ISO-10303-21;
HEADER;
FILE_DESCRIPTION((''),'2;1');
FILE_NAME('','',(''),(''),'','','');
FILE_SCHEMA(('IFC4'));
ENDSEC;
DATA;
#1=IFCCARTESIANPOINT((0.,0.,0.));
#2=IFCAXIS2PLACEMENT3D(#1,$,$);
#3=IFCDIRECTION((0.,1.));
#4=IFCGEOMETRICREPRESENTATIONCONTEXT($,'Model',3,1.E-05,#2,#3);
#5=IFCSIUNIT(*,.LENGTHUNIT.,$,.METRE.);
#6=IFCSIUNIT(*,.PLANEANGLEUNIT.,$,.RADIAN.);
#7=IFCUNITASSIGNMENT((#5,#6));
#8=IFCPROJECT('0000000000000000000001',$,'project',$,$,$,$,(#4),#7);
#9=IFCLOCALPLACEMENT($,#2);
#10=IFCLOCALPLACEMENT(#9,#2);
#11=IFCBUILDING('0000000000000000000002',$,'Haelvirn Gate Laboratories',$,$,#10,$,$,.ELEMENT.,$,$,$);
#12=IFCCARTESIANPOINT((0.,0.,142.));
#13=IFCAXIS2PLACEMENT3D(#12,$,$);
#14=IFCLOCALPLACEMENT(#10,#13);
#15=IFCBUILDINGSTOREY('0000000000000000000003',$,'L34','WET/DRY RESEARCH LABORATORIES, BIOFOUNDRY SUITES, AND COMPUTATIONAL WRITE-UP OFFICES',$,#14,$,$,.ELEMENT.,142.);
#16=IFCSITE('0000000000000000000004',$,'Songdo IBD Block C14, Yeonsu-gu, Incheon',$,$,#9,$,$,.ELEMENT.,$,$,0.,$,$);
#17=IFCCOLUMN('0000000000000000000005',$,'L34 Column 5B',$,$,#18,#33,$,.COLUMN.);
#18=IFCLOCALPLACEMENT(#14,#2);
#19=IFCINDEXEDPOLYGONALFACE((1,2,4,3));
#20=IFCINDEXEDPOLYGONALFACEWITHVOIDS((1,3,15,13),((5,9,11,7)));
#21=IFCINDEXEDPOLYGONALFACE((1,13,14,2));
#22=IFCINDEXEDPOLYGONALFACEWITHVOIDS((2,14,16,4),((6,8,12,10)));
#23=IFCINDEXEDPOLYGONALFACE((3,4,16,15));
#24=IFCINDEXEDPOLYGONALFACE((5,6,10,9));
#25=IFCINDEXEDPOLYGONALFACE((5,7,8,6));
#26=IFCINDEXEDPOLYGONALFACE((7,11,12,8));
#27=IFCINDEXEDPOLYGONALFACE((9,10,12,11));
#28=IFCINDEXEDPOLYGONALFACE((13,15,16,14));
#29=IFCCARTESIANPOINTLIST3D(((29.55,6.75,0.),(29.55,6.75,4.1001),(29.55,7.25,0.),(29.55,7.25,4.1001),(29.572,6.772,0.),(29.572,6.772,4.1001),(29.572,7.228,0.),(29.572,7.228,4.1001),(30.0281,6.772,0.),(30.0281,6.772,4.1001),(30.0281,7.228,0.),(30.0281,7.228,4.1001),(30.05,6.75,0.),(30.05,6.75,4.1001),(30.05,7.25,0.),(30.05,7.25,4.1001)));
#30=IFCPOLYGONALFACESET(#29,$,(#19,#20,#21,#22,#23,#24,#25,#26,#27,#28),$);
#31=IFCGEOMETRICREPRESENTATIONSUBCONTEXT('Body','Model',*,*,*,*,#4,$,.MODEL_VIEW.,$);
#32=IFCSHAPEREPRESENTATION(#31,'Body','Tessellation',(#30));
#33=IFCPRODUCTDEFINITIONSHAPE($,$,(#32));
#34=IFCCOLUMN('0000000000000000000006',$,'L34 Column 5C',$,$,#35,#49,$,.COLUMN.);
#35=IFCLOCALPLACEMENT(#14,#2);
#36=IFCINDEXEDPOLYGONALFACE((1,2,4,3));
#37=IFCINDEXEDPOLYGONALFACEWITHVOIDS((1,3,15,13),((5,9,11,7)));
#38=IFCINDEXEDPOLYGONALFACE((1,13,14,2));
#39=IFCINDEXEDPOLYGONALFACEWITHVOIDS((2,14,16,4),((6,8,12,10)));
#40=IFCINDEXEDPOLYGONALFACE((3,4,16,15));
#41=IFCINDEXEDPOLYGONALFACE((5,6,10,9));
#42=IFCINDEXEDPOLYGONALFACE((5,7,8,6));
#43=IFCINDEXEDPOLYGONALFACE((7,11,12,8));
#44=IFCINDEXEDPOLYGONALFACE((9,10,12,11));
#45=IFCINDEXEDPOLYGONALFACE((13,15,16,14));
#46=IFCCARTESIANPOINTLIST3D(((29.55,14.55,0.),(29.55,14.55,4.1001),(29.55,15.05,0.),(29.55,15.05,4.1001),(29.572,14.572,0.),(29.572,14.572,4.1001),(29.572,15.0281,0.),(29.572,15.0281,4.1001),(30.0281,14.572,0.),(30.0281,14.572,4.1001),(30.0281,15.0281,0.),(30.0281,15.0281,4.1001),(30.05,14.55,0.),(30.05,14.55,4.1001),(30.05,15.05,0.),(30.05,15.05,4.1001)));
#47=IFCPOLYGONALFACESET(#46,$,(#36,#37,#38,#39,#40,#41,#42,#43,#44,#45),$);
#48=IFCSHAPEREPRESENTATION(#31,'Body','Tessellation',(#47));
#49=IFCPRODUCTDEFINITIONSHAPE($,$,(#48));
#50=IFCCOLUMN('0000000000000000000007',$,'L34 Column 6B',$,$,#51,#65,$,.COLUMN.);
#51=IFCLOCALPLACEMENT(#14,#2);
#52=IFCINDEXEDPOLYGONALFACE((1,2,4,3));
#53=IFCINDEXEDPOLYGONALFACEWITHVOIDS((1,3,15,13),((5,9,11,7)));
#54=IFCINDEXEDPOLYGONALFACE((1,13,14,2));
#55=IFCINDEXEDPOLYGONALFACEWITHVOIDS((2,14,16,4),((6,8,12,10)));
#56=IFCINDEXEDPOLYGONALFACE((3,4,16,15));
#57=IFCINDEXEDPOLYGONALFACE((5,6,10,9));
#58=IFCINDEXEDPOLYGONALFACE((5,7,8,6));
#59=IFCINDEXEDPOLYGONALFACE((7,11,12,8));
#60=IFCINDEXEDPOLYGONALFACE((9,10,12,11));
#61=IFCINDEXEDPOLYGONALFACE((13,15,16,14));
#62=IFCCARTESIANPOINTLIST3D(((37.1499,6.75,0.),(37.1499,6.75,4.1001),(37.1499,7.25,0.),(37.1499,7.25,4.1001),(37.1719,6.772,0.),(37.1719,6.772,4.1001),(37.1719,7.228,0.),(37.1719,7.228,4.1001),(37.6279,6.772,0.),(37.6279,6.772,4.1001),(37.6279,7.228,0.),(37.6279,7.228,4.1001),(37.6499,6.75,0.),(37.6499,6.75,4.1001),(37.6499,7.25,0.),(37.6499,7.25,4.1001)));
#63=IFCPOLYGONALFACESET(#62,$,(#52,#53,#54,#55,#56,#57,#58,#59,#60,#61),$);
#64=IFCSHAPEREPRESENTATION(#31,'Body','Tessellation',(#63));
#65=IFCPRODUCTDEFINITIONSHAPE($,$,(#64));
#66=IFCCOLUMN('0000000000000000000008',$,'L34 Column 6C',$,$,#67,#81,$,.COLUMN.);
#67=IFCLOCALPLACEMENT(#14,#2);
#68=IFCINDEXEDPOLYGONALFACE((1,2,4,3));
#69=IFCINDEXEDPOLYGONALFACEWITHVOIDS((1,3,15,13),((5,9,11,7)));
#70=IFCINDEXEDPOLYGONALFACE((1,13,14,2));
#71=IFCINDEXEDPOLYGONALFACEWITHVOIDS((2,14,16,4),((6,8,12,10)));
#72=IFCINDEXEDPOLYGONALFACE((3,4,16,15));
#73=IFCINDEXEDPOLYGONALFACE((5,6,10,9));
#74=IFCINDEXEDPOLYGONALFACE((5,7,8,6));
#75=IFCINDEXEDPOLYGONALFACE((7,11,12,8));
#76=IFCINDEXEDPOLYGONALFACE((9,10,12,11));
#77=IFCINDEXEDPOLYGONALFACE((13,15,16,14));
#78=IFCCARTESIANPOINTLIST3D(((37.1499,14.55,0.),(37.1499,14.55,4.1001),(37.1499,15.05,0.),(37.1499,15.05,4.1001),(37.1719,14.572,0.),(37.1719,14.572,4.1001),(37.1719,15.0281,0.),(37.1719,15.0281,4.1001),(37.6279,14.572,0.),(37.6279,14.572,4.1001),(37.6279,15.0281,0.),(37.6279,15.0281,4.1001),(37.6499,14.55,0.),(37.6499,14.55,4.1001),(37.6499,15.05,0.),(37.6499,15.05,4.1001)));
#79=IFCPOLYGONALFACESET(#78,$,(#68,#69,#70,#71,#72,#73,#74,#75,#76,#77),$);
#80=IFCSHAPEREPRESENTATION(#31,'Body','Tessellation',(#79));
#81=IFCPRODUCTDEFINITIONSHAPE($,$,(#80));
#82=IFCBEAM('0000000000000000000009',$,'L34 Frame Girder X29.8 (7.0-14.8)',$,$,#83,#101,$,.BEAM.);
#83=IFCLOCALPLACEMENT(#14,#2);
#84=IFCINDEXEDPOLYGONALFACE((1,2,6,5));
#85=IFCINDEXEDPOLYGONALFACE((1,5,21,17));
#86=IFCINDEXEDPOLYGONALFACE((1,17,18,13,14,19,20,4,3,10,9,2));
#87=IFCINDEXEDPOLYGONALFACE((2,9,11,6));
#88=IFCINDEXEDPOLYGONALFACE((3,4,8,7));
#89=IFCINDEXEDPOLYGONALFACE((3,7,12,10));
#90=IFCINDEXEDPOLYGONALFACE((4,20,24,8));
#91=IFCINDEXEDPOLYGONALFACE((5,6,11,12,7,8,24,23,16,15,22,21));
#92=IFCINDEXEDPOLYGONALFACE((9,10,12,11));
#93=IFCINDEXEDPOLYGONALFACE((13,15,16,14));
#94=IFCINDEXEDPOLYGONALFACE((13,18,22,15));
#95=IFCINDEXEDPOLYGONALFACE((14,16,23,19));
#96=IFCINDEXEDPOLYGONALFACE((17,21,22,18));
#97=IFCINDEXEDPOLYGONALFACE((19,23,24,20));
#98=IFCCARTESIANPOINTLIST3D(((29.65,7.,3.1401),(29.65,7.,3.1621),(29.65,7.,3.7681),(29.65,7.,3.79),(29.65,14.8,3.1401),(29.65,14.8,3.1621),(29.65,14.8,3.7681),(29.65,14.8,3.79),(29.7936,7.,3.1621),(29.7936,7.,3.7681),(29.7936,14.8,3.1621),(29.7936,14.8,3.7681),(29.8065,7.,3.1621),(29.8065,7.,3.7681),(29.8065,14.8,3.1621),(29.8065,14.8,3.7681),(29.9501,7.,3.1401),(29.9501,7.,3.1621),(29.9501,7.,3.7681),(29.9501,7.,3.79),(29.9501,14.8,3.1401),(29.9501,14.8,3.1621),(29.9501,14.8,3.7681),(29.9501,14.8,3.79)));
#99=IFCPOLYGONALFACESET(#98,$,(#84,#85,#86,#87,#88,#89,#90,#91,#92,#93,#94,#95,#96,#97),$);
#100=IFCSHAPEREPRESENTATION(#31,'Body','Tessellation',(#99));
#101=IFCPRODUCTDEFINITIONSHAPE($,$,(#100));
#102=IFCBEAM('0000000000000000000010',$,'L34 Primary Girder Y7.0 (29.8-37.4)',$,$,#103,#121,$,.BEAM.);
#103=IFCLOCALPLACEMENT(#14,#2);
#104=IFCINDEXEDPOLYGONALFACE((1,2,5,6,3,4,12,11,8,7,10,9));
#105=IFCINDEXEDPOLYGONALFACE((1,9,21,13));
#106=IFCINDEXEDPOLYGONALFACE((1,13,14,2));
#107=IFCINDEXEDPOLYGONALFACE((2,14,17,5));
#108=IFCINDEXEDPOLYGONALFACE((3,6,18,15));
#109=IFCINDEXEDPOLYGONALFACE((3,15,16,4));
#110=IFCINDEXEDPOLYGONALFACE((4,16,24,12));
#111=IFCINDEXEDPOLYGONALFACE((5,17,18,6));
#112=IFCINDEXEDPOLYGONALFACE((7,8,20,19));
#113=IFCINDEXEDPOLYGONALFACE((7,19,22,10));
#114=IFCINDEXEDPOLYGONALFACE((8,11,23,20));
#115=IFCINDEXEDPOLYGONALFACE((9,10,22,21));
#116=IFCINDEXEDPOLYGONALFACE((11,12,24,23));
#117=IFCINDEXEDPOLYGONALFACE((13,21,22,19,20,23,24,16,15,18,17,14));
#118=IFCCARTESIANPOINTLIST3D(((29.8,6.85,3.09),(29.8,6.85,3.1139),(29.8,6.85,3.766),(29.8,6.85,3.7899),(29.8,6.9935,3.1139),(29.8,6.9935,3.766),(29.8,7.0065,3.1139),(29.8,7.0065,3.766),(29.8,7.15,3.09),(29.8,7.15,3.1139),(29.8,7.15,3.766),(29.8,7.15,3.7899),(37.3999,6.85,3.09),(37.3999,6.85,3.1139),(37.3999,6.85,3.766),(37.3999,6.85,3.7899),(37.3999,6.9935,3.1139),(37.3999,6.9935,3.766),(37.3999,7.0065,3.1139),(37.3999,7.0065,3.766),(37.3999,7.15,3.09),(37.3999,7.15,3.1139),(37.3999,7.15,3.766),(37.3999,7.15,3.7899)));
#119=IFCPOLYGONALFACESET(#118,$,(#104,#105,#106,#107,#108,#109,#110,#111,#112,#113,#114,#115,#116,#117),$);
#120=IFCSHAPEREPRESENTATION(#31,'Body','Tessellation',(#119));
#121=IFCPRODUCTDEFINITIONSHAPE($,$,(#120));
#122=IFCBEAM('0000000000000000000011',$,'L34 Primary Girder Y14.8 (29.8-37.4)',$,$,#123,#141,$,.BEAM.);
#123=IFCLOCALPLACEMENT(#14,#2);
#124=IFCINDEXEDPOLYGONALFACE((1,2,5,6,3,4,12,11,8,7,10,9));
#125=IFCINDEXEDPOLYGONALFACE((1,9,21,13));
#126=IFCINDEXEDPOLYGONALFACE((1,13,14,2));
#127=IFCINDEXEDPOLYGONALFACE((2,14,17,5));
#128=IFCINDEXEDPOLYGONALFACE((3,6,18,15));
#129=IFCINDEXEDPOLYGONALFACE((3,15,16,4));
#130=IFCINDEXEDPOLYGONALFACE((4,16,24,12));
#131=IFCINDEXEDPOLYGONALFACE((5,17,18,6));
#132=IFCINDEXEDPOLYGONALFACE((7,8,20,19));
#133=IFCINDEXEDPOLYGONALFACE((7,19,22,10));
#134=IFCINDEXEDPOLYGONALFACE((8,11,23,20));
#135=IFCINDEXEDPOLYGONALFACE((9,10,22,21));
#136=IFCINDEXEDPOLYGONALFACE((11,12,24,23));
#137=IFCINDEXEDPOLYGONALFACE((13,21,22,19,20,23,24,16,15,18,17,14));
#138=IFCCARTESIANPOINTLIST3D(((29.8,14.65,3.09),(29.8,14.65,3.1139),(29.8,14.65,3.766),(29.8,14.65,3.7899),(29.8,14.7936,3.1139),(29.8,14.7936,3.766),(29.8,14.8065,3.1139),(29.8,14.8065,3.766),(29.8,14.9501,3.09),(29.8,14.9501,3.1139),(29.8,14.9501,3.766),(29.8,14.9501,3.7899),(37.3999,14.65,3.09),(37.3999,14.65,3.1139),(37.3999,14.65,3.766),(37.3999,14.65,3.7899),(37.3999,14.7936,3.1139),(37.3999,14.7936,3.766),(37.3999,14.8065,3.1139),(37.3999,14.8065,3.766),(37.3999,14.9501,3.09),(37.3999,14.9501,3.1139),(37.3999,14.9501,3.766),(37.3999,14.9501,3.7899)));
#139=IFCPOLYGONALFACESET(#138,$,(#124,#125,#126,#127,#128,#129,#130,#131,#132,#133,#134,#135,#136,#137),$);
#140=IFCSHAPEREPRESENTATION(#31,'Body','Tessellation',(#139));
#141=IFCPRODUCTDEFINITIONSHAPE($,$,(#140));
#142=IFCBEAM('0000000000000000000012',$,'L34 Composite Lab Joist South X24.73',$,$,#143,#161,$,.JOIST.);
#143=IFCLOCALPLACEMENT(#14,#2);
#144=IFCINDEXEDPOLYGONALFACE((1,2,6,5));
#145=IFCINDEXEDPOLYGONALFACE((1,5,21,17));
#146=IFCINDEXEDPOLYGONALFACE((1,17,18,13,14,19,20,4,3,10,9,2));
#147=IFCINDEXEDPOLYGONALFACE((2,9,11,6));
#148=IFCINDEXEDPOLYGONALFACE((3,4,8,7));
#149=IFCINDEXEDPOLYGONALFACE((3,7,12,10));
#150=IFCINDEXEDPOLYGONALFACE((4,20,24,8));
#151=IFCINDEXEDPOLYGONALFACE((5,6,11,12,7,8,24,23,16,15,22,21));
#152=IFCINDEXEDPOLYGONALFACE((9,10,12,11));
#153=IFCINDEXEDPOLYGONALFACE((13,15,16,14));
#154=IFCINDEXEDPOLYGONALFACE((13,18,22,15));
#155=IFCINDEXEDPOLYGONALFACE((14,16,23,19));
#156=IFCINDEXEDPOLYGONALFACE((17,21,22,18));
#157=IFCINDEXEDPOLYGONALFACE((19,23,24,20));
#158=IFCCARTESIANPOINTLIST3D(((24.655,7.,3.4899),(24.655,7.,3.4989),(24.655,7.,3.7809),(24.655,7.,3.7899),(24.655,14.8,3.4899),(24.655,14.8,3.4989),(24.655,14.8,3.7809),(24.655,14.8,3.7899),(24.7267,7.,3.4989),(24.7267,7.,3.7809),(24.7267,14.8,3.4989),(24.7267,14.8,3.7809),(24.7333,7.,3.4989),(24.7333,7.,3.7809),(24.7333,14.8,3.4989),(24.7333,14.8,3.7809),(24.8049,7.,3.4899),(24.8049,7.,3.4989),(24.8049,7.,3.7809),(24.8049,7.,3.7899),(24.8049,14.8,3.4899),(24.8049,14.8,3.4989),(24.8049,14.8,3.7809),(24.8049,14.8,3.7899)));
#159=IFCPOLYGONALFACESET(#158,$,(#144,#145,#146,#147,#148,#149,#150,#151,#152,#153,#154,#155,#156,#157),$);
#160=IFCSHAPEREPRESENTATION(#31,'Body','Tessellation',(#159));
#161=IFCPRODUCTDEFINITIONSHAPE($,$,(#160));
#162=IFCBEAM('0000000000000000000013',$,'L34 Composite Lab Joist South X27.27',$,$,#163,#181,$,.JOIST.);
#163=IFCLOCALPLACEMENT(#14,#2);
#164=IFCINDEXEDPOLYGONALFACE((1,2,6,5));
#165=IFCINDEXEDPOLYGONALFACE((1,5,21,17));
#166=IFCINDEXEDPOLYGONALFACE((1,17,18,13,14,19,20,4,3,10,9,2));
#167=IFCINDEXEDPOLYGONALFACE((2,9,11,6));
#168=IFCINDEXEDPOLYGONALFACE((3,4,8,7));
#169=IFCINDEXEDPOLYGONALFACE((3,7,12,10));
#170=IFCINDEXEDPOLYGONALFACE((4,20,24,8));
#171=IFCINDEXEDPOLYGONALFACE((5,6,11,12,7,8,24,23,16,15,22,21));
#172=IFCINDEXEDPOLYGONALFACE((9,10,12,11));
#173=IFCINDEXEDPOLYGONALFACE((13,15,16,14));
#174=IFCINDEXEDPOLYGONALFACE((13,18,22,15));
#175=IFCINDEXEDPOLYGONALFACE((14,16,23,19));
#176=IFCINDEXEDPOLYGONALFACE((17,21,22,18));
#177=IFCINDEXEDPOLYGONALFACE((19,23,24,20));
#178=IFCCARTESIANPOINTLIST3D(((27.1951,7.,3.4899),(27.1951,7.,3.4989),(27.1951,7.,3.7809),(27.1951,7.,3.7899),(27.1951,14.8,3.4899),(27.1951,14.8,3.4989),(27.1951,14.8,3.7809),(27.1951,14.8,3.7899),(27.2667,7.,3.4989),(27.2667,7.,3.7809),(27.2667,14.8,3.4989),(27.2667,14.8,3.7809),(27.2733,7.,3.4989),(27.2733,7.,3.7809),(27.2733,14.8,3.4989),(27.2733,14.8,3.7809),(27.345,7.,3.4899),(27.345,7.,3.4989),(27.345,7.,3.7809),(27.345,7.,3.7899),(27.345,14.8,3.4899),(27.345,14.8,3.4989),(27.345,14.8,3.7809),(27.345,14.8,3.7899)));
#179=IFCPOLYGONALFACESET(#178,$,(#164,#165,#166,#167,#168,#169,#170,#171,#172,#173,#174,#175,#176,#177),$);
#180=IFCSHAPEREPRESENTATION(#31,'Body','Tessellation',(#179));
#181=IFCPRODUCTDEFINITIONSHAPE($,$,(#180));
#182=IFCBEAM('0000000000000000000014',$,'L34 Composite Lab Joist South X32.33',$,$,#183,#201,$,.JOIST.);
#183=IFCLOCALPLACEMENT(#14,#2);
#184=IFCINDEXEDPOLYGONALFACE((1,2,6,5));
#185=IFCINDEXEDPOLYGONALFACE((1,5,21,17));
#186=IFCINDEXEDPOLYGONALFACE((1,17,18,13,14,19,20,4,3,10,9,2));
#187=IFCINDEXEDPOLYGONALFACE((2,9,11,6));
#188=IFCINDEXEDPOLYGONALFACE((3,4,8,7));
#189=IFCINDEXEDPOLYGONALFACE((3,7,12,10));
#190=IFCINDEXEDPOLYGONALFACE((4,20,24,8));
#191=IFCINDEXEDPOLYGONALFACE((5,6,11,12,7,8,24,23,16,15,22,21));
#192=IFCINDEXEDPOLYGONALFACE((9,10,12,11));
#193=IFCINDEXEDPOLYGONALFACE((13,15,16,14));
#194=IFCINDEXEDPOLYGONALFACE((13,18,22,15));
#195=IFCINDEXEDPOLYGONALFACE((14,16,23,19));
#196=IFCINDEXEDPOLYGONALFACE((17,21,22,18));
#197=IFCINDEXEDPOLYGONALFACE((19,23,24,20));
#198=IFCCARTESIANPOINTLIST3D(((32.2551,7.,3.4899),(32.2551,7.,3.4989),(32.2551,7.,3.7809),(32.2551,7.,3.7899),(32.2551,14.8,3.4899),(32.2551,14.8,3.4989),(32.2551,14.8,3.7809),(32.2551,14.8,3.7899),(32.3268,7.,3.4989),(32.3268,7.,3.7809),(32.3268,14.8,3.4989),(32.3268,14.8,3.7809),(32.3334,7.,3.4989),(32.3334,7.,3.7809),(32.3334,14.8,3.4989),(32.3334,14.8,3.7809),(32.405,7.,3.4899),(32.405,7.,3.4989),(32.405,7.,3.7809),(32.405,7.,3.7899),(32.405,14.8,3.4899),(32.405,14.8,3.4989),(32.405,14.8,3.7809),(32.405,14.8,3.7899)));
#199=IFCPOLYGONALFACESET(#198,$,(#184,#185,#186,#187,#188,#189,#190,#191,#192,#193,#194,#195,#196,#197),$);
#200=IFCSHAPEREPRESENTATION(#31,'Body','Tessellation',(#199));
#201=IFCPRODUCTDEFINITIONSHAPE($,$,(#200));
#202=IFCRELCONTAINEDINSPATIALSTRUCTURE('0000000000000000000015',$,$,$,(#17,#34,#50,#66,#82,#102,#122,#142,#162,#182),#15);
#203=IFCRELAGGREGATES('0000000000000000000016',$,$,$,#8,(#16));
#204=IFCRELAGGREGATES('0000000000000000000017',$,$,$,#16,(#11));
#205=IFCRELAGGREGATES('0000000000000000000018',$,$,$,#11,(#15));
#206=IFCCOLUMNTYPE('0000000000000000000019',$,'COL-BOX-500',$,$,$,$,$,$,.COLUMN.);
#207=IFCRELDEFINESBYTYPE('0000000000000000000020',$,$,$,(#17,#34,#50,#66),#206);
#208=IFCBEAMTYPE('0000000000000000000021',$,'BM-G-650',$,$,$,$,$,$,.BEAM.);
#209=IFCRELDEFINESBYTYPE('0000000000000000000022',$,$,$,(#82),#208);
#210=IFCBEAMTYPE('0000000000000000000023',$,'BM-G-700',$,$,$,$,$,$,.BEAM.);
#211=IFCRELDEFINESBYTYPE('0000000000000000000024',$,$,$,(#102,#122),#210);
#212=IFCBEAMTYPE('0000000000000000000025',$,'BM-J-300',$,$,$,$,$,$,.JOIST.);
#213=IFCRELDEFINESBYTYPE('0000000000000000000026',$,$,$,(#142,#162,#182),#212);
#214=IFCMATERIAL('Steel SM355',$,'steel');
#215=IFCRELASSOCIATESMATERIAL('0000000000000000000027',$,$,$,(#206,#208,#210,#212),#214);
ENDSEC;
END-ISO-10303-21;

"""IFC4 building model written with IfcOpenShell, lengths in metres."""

from ifc_helpers import new_model, si_unit, direction, frame, origin, origin_2d, place, context, subcontext, project, spatial, hollow_rectangle, i_section, extrude, source, transform, mapped, material, material_profile, profile_set, type_object, type_shapes, element, save


model = new_model("IFC4")

# Units and contexts
model_context = context("Model", 3, precision=1e-05, world=origin(), true_north=direction((0.0, 1.0)))
body_context = subcontext(model_context, "Body", "Model", "MODEL_VIEW")
ifc_project = project(units=[si_unit("LENGTHUNIT", "METRE"), si_unit("PLANEANGLEUNIT", "RADIAN")], contexts=[model_context])

# Site, building, storey
site_placement = place(None, origin())
site = spatial("IfcSite", under=ifc_project, at=site_placement, Name="Songdo IBD Block C14, Yeonsu-gu, Incheon", CompositionType="ELEMENT", RefElevation=0.0)
building_placement = place(site_placement, origin())
building = spatial("IfcBuilding", under=site, at=building_placement, Name="Haelvirn Gate Laboratories", CompositionType="ELEMENT")
storey_placement = place(building_placement, frame((0.0, 0.0, 142.0)))
storey = spatial("IfcBuildingStorey", under=building, at=storey_placement, Name="L34", Description="WET/DRY RESEARCH LABORATORIES, BIOFOUNDRY SUITES, AND COMPUTATIONAL WRITE-UP OFFICES", CompositionType="ELEMENT", Elevation=142.0)

# Columns
ifc_material_1 = material(Name="Steel SM355", Category="steel")
ifc_material_profile_1 = material_profile(ifc_material_1, hollow_rectangle(XDim=0.5, YDim=0.5, WallThickness=0.022, at=origin_2d()), Name="BOX-500x500x22")
ifc_profile_set_1 = profile_set([ifc_material_profile_1], Name="Steel SM355")
column_type = type_object("IfcColumnType", Name="COL-BOX-500", PredefinedType="COLUMN", material=ifc_profile_set_1)
shared_shape_1 = source(origin(), body_context, "Body", "SweptSolid", [
    extrude(hollow_rectangle(XDim=0.5, YDim=0.5, WallThickness=0.022, at=origin_2d()), origin(), (0.0, 0.0, 1.0), 4.1001),
])
type_shapes(column_type, [shared_shape_1])
for number, where, z_axis, x_axis, name in (
    (1, (29.8, 7.0, 0.0), (0.0, 0.0, 1.0), (1.0, 0.0, 0.0), "L34 Column 5B"),
    (2, (29.8, 14.8, 0.0), (0.0, 0.0, 1.0), (1.0, 0.0, 0.0), "L34 Column 5C"),
    (3, (37.3999, 7.0, 0.0), (0.0, 0.0, 1.0), (1.0, 0.0, 0.0), "L34 Column 6B"),
    (4, (37.3999, 14.8, 0.0), (0.0, 0.0, 1.0), (1.0, 0.0, 0.0), "L34 Column 6C"),
):
    element("IfcColumn", number, at=place(storey_placement, frame(where, z_axis=z_axis, x_axis=x_axis)), inside=storey, type_object=column_type, Name=name, PredefinedType="COLUMN", context=body_context, shape_type="MappedRepresentation", body=[
        mapped(shared_shape_1, transform((0.0, 0.0, 0.0), scale=1.0)),
    ])

# Beams
ifc_material_profile_2 = material_profile(ifc_material_1, i_section(OverallWidth=0.3, OverallDepth=0.6499, WebThickness=0.0129, FlangeThickness=0.022, at=origin_2d()), Name="H-650x300x13x22")
ifc_profile_set_2 = profile_set([ifc_material_profile_2], Name="Steel SM355")
beam_type_1 = type_object("IfcBeamType", Name="BM-G-650", PredefinedType="BEAM", material=ifc_profile_set_2)
shared_shape_2 = source(origin(), body_context, "Body", "SweptSolid", [
    extrude(i_section(OverallWidth=0.3, OverallDepth=0.6499, WebThickness=0.0129, FlangeThickness=0.022, at=origin_2d()), origin(), (0.0, 0.0, 1.0), 7.8),
])
type_shapes(beam_type_1, [shared_shape_2])
beam_placement = place(storey_placement, frame((29.8, 7.0, 3.4651), z_axis=(0.0, 1.0, 0.0), x_axis=(-1.0, 0.0, 0.0)))
element("IfcBeam", 5, at=beam_placement, inside=storey, type_object=beam_type_1, Name="L34 Frame Girder X29.8 (7.0-14.8)", PredefinedType="BEAM", context=body_context, shape_type="MappedRepresentation", body=[
    mapped(shared_shape_2, transform((0.0, 0.0, 0.0), scale=1.0)),
])
ifc_material_profile_3 = material_profile(ifc_material_1, i_section(OverallWidth=0.3, OverallDepth=0.7, WebThickness=0.0129, FlangeThickness=0.0239, at=origin_2d()), Name="H-700x300x13x24")
ifc_profile_set_3 = profile_set([ifc_material_profile_3], Name="Steel SM355")
beam_type_2 = type_object("IfcBeamType", Name="BM-G-700", PredefinedType="BEAM", material=ifc_profile_set_3)
shared_shape_3 = source(origin(), body_context, "Body", "SweptSolid", [
    extrude(i_section(OverallWidth=0.3, OverallDepth=0.7, WebThickness=0.0129, FlangeThickness=0.0239, at=origin_2d()), origin(), (0.0, 0.0, 1.0), 7.5999),
])
type_shapes(beam_type_2, [shared_shape_3])
for number, where, z_axis, x_axis, name in (
    (6, (29.8, 7.0, 3.4399), (1.0, 0.0, 0.0), (0.0, 1.0, 0.0), "L34 Primary Girder Y7.0 (29.8-37.4)"),
    (7, (29.8, 14.8, 3.4399), (1.0, 0.0, 0.0), (0.0, 1.0, 0.0), "L34 Primary Girder Y14.8 (29.8-37.4)"),
):
    element("IfcBeam", number, at=place(storey_placement, frame(where, z_axis=z_axis, x_axis=x_axis)), inside=storey, type_object=beam_type_2, Name=name, PredefinedType="BEAM", context=body_context, shape_type="MappedRepresentation", body=[
        mapped(shared_shape_3, transform((0.0, 0.0, 0.0), scale=1.0)),
    ])
ifc_material_profile_4 = material_profile(ifc_material_1, i_section(OverallWidth=0.1499, OverallDepth=0.3, WebThickness=0.0066, FlangeThickness=0.009, at=origin_2d()), Name="H-300x150x6.5x9")
ifc_profile_set_4 = profile_set([ifc_material_profile_4], Name="Steel SM355")
beam_type_3 = type_object("IfcBeamType", Name="BM-J-300", PredefinedType="JOIST", material=ifc_profile_set_4)
shared_shape_4 = source(origin(), body_context, "Body", "SweptSolid", [
    extrude(i_section(OverallWidth=0.1499, OverallDepth=0.3, WebThickness=0.0066, FlangeThickness=0.009, at=origin_2d()), origin(), (0.0, 0.0, 1.0), 7.8),
])
type_shapes(beam_type_3, [shared_shape_4])
for number, where, z_axis, x_axis, name in (
    (8, (24.73, 7.0, 3.6399), (0.0, 1.0, 0.0), (-1.0, 0.0, 0.0), "L34 Composite Lab Joist South X24.73"),
    (9, (27.27, 7.0, 3.6399), (0.0, 1.0, 0.0), (-1.0, 0.0, 0.0), "L34 Composite Lab Joist South X27.27"),
    (10, (32.3301, 7.0, 3.6399), (0.0, 1.0, 0.0), (-1.0, 0.0, 0.0), "L34 Composite Lab Joist South X32.33"),
):
    element("IfcBeam", number, at=place(storey_placement, frame(where, z_axis=z_axis, x_axis=x_axis)), inside=storey, type_object=beam_type_3, Name=name, PredefinedType="JOIST", context=body_context, shape_type="MappedRepresentation", body=[
        mapped(shared_shape_4, transform((0.0, 0.0, 0.0), scale=1.0)),
    ])

save(model, "model.ifc")
